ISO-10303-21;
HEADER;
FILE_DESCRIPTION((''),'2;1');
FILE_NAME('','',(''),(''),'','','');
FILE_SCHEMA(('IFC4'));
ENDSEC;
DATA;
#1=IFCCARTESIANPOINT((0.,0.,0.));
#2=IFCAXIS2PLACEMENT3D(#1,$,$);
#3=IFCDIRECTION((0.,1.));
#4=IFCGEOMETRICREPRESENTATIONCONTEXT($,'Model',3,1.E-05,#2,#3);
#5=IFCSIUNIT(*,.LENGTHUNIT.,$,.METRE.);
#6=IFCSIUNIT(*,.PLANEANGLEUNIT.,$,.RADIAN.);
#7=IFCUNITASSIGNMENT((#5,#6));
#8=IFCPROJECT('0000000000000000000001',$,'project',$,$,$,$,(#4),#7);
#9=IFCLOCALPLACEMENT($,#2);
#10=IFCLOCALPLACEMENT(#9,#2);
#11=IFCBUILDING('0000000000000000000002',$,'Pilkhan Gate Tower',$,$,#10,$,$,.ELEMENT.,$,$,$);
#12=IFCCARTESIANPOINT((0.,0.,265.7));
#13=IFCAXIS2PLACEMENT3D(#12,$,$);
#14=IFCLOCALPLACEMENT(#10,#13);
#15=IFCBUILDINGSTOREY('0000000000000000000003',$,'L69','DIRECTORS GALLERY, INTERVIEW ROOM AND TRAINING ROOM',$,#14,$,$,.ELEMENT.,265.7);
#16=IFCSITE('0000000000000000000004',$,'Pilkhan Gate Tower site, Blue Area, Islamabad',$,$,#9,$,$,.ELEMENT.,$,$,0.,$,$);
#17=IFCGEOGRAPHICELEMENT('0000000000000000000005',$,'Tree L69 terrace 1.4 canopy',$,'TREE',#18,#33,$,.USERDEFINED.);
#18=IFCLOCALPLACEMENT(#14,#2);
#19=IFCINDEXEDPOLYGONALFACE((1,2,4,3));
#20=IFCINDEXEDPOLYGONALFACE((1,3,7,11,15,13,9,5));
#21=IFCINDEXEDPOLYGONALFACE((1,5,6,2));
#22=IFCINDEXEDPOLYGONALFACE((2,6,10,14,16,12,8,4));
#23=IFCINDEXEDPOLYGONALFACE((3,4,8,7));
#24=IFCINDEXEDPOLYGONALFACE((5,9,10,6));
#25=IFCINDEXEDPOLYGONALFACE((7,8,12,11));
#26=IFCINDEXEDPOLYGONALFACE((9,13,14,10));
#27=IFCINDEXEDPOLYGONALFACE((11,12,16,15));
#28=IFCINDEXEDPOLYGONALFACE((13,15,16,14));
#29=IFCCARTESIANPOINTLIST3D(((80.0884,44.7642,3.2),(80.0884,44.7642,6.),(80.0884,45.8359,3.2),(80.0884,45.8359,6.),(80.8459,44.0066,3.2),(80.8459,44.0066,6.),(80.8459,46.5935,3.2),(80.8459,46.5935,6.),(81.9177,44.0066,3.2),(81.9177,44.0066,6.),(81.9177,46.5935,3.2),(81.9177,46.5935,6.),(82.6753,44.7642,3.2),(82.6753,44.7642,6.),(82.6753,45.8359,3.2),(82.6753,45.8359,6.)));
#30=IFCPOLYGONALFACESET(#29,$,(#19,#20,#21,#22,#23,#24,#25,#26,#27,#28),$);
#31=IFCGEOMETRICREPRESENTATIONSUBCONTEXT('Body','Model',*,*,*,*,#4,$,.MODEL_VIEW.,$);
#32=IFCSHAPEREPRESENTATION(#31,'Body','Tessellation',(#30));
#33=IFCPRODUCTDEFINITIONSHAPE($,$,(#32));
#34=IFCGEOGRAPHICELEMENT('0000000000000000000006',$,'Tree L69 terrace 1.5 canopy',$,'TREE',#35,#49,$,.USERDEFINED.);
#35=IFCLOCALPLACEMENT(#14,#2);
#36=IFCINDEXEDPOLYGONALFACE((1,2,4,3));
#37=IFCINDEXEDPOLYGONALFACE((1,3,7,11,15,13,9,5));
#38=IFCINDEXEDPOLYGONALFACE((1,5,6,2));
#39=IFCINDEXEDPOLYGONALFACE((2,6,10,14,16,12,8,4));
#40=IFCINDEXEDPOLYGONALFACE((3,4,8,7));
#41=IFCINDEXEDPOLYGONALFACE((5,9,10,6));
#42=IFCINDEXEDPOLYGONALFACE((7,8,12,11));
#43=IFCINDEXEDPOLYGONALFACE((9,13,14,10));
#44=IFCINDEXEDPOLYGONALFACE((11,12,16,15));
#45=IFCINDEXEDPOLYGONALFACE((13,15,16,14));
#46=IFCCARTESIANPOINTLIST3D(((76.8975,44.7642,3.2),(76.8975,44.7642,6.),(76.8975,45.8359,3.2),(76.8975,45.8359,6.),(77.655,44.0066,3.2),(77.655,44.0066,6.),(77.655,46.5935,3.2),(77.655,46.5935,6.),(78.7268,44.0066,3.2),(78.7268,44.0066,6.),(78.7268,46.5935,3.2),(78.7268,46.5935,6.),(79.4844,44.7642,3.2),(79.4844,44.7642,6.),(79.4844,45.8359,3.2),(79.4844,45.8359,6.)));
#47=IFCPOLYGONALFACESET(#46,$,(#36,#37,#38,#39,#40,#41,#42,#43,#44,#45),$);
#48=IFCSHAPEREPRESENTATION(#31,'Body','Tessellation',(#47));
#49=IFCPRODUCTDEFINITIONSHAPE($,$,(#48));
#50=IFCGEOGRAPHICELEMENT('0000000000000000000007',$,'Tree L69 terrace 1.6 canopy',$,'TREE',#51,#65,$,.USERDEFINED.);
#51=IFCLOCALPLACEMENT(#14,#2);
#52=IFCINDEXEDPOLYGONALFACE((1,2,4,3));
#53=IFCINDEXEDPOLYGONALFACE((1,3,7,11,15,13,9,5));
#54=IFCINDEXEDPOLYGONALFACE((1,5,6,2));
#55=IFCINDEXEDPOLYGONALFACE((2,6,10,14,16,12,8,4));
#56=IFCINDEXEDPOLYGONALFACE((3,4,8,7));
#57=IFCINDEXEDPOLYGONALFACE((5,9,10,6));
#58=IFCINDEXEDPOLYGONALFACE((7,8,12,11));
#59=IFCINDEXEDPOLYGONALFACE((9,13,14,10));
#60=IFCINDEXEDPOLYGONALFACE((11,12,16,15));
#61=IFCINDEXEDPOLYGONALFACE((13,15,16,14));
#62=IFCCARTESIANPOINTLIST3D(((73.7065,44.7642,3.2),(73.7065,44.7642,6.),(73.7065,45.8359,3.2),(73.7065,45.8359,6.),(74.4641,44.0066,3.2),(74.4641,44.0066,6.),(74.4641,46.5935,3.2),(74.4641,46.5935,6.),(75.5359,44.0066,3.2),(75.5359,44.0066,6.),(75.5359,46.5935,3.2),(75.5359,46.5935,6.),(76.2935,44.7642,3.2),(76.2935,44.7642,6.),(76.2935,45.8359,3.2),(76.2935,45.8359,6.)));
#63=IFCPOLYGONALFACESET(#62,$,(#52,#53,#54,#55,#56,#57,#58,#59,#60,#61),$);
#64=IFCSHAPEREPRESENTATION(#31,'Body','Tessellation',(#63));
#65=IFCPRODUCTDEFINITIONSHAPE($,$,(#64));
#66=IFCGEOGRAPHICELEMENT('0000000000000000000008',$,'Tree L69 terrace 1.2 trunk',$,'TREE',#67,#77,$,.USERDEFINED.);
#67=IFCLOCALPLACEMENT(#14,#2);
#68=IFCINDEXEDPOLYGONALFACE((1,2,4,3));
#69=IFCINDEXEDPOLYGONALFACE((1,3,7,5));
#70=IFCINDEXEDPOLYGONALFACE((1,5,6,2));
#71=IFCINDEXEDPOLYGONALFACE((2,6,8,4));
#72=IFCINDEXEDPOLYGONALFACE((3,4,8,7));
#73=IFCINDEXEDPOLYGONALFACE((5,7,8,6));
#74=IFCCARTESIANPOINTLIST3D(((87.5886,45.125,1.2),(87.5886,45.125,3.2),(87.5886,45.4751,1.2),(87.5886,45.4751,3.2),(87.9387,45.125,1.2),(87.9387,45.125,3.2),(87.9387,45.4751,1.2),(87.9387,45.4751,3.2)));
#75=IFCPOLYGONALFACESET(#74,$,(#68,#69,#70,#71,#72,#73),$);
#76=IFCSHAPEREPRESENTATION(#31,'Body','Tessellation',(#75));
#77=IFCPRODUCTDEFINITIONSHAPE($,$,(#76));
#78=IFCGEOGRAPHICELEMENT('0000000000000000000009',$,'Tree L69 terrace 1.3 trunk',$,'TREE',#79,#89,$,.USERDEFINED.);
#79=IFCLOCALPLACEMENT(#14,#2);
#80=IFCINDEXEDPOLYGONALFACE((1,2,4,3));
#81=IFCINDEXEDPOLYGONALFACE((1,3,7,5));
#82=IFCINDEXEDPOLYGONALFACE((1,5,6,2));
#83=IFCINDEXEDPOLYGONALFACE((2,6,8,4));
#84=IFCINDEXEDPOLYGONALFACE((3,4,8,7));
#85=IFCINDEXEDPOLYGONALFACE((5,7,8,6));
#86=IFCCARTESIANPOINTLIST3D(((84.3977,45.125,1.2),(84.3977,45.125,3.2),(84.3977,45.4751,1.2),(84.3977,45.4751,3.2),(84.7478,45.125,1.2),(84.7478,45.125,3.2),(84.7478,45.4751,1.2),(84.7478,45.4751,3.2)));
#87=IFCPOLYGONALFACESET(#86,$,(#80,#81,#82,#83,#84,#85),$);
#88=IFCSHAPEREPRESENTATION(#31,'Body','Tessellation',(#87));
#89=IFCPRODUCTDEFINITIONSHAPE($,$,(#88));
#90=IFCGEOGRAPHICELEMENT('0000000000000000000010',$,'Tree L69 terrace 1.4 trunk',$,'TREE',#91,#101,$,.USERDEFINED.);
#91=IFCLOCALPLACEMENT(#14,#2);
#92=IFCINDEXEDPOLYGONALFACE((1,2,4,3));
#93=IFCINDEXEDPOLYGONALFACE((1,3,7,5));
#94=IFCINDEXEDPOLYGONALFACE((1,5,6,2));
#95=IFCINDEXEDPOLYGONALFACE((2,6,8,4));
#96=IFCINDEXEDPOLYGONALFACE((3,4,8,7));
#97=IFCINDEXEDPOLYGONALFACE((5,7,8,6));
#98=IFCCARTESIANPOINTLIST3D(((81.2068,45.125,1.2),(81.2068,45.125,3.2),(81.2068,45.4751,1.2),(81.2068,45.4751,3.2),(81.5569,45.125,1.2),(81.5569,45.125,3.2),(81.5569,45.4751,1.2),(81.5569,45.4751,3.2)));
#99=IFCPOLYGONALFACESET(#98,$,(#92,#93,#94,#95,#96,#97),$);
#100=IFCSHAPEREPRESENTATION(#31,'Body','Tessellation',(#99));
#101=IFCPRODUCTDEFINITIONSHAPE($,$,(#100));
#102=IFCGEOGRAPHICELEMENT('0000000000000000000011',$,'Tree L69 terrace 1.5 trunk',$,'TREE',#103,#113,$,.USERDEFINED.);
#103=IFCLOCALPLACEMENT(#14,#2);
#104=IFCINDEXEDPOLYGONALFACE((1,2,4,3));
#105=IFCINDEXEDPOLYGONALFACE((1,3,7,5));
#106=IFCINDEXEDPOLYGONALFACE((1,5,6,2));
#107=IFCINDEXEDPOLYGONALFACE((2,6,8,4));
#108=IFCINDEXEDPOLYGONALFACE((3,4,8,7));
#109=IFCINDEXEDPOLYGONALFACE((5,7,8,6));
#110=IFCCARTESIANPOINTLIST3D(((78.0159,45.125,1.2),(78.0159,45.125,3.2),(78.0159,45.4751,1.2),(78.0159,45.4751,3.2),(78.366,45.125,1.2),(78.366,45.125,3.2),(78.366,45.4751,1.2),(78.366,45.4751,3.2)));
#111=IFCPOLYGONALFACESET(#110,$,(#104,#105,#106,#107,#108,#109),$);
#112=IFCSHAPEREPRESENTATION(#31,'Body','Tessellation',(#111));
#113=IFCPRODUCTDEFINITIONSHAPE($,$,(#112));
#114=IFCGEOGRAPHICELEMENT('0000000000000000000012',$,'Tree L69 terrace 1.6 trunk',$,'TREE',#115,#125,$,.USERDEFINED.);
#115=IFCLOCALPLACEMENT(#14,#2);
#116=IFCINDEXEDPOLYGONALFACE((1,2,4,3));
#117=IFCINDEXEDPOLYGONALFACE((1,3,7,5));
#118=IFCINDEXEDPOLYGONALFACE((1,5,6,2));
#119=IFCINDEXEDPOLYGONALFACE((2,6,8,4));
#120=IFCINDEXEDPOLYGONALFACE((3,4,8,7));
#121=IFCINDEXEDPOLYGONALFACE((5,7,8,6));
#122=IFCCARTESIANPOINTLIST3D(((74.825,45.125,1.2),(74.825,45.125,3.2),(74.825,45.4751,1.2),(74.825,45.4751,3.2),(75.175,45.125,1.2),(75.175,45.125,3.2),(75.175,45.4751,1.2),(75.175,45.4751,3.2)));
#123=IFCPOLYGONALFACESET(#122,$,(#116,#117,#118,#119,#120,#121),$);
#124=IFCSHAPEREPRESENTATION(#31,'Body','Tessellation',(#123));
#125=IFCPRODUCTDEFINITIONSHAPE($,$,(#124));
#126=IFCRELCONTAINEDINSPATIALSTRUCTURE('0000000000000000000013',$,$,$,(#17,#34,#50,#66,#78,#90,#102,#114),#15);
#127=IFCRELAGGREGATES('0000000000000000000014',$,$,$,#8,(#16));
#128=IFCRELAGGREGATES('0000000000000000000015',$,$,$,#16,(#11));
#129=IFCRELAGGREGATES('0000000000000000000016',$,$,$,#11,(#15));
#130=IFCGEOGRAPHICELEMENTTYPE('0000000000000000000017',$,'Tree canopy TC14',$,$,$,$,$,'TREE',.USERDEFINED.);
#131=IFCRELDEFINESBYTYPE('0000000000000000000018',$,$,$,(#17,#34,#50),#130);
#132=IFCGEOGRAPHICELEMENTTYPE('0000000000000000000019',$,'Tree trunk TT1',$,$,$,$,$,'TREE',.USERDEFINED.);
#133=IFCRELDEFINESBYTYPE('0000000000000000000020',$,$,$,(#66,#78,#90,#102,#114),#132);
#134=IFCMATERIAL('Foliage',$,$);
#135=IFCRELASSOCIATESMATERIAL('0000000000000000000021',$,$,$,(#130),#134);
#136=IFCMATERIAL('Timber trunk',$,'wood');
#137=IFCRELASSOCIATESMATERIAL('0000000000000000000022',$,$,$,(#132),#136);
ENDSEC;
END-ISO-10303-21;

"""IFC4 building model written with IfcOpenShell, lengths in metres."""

from ifc_helpers import new_model, si_unit, direction, frame, origin, origin_2d, place, context, subcontext, project, spatial, polyline, rectangle, outline, extrude, material, material_profile, profile_set, type_object, element, save


model = new_model("IFC4")

# Units and contexts
model_context = context("Model", 3, precision=1e-05, world=origin(), true_north=direction((0.0, 1.0)))
body_context = subcontext(model_context, "Body", "Model", "MODEL_VIEW")
ifc_project = project(units=[si_unit("LENGTHUNIT", "METRE"), si_unit("PLANEANGLEUNIT", "RADIAN")], contexts=[model_context])

# Site, building, storey
site_placement = place(None, origin())
site = spatial("IfcSite", under=ifc_project, at=site_placement, Name="Pilkhan Gate Tower site, Blue Area, Islamabad", CompositionType="ELEMENT", RefElevation=0.0)
building_placement = place(site_placement, origin())
building = spatial("IfcBuilding", under=site, at=building_placement, Name="Pilkhan Gate Tower", CompositionType="ELEMENT")
storey_placement = place(building_placement, frame((0.0, 0.0, 265.7)))
storey = spatial("IfcBuildingStorey", under=building, at=storey_placement, Name="L69", Description="DIRECTORS GALLERY, INTERVIEW ROOM AND TRAINING ROOM", CompositionType="ELEMENT", Elevation=265.7)

# Geographic elements
ifc_material_1 = material(Name="Foliage")
ifc_material_profile_1 = material_profile(ifc_material_1, outline(polyline([(1.2935, 0.5359), (0.5359, 1.2935), (-0.5359, 1.2935), (-1.2935, 0.5359), (-1.2935, -0.5359), (-0.5359, -1.2935), (0.5359, -1.2935), (1.2935, -0.5359), (1.2935, 0.5359)])), Name="Canopy D2.8")
ifc_profile_set_1 = profile_set([ifc_material_profile_1], Name="Foliage")
geographic_element_type_1 = type_object("IfcGeographicElementType", Name="Tree canopy TC14", ElementType="TREE", PredefinedType="USERDEFINED", material=ifc_profile_set_1)
for number, where, z_axis, x_axis, name in (
    (1, (81.3818, 45.3, 3.2), (0.0, 0.0, 1.0), (1.0, 0.0, 0.0), "Tree L69 terrace 1.4 canopy"),
    (2, (78.1909, 45.3, 3.2), (0.0, 0.0, 1.0), (1.0, 0.0, 0.0), "Tree L69 terrace 1.5 canopy"),
    (3, (75.0, 45.3, 3.2), (0.0, 0.0, 1.0), (1.0, 0.0, 0.0), "Tree L69 terrace 1.6 canopy"),
):
    element("IfcGeographicElement", number, at=place(storey_placement, frame(where, z_axis=z_axis, x_axis=x_axis)), inside=storey, type_object=geographic_element_type_1, Name=name, ObjectType="TREE", PredefinedType="USERDEFINED", context=body_context, shape_type="SweptSolid", body=[
        extrude(outline(polyline([(1.2935, 0.5359), (0.5359, 1.2935), (-0.5359, 1.2935), (-1.2935, 0.5359), (-1.2935, -0.5359), (-0.5359, -1.2935), (0.5359, -1.2935), (1.2935, -0.5359), (1.2935, 0.5359)])), origin(), (0.0, 0.0, 1.0), 2.8),
    ])
ifc_material_2 = material(Name="Timber trunk", Category="wood")
geographic_element_type_2 = type_object("IfcGeographicElementType", Name="Tree trunk TT1", ElementType="TREE", PredefinedType="USERDEFINED", material=ifc_material_2)
for number, where, z_axis, x_axis, name in (
    (4, (87.7637, 45.3, 1.2), (0.0, 0.0, 1.0), (1.0, 0.0, 0.0), "Tree L69 terrace 1.2 trunk"),
    (5, (84.5728, 45.3, 1.2), (0.0, 0.0, 1.0), (1.0, 0.0, 0.0), "Tree L69 terrace 1.3 trunk"),
    (6, (81.3818, 45.3, 1.2), (0.0, 0.0, 1.0), (1.0, 0.0, 0.0), "Tree L69 terrace 1.4 trunk"),
    (7, (78.1909, 45.3, 1.2), (0.0, 0.0, 1.0), (1.0, 0.0, 0.0), "Tree L69 terrace 1.5 trunk"),
    (8, (75.0, 45.3, 1.2), (0.0, 0.0, 1.0), (1.0, 0.0, 0.0), "Tree L69 terrace 1.6 trunk"),
):
    element("IfcGeographicElement", number, at=place(storey_placement, frame(where, z_axis=z_axis, x_axis=x_axis)), inside=storey, type_object=geographic_element_type_2, Name=name, ObjectType="TREE", PredefinedType="USERDEFINED", context=body_context, shape_type="SweptSolid", body=[
        extrude(rectangle(XDim=0.3501, YDim=0.3501, at=origin_2d()), origin(), (0.0, 0.0, 1.0), 2.0),
    ])

save(model, "model.ifc")
